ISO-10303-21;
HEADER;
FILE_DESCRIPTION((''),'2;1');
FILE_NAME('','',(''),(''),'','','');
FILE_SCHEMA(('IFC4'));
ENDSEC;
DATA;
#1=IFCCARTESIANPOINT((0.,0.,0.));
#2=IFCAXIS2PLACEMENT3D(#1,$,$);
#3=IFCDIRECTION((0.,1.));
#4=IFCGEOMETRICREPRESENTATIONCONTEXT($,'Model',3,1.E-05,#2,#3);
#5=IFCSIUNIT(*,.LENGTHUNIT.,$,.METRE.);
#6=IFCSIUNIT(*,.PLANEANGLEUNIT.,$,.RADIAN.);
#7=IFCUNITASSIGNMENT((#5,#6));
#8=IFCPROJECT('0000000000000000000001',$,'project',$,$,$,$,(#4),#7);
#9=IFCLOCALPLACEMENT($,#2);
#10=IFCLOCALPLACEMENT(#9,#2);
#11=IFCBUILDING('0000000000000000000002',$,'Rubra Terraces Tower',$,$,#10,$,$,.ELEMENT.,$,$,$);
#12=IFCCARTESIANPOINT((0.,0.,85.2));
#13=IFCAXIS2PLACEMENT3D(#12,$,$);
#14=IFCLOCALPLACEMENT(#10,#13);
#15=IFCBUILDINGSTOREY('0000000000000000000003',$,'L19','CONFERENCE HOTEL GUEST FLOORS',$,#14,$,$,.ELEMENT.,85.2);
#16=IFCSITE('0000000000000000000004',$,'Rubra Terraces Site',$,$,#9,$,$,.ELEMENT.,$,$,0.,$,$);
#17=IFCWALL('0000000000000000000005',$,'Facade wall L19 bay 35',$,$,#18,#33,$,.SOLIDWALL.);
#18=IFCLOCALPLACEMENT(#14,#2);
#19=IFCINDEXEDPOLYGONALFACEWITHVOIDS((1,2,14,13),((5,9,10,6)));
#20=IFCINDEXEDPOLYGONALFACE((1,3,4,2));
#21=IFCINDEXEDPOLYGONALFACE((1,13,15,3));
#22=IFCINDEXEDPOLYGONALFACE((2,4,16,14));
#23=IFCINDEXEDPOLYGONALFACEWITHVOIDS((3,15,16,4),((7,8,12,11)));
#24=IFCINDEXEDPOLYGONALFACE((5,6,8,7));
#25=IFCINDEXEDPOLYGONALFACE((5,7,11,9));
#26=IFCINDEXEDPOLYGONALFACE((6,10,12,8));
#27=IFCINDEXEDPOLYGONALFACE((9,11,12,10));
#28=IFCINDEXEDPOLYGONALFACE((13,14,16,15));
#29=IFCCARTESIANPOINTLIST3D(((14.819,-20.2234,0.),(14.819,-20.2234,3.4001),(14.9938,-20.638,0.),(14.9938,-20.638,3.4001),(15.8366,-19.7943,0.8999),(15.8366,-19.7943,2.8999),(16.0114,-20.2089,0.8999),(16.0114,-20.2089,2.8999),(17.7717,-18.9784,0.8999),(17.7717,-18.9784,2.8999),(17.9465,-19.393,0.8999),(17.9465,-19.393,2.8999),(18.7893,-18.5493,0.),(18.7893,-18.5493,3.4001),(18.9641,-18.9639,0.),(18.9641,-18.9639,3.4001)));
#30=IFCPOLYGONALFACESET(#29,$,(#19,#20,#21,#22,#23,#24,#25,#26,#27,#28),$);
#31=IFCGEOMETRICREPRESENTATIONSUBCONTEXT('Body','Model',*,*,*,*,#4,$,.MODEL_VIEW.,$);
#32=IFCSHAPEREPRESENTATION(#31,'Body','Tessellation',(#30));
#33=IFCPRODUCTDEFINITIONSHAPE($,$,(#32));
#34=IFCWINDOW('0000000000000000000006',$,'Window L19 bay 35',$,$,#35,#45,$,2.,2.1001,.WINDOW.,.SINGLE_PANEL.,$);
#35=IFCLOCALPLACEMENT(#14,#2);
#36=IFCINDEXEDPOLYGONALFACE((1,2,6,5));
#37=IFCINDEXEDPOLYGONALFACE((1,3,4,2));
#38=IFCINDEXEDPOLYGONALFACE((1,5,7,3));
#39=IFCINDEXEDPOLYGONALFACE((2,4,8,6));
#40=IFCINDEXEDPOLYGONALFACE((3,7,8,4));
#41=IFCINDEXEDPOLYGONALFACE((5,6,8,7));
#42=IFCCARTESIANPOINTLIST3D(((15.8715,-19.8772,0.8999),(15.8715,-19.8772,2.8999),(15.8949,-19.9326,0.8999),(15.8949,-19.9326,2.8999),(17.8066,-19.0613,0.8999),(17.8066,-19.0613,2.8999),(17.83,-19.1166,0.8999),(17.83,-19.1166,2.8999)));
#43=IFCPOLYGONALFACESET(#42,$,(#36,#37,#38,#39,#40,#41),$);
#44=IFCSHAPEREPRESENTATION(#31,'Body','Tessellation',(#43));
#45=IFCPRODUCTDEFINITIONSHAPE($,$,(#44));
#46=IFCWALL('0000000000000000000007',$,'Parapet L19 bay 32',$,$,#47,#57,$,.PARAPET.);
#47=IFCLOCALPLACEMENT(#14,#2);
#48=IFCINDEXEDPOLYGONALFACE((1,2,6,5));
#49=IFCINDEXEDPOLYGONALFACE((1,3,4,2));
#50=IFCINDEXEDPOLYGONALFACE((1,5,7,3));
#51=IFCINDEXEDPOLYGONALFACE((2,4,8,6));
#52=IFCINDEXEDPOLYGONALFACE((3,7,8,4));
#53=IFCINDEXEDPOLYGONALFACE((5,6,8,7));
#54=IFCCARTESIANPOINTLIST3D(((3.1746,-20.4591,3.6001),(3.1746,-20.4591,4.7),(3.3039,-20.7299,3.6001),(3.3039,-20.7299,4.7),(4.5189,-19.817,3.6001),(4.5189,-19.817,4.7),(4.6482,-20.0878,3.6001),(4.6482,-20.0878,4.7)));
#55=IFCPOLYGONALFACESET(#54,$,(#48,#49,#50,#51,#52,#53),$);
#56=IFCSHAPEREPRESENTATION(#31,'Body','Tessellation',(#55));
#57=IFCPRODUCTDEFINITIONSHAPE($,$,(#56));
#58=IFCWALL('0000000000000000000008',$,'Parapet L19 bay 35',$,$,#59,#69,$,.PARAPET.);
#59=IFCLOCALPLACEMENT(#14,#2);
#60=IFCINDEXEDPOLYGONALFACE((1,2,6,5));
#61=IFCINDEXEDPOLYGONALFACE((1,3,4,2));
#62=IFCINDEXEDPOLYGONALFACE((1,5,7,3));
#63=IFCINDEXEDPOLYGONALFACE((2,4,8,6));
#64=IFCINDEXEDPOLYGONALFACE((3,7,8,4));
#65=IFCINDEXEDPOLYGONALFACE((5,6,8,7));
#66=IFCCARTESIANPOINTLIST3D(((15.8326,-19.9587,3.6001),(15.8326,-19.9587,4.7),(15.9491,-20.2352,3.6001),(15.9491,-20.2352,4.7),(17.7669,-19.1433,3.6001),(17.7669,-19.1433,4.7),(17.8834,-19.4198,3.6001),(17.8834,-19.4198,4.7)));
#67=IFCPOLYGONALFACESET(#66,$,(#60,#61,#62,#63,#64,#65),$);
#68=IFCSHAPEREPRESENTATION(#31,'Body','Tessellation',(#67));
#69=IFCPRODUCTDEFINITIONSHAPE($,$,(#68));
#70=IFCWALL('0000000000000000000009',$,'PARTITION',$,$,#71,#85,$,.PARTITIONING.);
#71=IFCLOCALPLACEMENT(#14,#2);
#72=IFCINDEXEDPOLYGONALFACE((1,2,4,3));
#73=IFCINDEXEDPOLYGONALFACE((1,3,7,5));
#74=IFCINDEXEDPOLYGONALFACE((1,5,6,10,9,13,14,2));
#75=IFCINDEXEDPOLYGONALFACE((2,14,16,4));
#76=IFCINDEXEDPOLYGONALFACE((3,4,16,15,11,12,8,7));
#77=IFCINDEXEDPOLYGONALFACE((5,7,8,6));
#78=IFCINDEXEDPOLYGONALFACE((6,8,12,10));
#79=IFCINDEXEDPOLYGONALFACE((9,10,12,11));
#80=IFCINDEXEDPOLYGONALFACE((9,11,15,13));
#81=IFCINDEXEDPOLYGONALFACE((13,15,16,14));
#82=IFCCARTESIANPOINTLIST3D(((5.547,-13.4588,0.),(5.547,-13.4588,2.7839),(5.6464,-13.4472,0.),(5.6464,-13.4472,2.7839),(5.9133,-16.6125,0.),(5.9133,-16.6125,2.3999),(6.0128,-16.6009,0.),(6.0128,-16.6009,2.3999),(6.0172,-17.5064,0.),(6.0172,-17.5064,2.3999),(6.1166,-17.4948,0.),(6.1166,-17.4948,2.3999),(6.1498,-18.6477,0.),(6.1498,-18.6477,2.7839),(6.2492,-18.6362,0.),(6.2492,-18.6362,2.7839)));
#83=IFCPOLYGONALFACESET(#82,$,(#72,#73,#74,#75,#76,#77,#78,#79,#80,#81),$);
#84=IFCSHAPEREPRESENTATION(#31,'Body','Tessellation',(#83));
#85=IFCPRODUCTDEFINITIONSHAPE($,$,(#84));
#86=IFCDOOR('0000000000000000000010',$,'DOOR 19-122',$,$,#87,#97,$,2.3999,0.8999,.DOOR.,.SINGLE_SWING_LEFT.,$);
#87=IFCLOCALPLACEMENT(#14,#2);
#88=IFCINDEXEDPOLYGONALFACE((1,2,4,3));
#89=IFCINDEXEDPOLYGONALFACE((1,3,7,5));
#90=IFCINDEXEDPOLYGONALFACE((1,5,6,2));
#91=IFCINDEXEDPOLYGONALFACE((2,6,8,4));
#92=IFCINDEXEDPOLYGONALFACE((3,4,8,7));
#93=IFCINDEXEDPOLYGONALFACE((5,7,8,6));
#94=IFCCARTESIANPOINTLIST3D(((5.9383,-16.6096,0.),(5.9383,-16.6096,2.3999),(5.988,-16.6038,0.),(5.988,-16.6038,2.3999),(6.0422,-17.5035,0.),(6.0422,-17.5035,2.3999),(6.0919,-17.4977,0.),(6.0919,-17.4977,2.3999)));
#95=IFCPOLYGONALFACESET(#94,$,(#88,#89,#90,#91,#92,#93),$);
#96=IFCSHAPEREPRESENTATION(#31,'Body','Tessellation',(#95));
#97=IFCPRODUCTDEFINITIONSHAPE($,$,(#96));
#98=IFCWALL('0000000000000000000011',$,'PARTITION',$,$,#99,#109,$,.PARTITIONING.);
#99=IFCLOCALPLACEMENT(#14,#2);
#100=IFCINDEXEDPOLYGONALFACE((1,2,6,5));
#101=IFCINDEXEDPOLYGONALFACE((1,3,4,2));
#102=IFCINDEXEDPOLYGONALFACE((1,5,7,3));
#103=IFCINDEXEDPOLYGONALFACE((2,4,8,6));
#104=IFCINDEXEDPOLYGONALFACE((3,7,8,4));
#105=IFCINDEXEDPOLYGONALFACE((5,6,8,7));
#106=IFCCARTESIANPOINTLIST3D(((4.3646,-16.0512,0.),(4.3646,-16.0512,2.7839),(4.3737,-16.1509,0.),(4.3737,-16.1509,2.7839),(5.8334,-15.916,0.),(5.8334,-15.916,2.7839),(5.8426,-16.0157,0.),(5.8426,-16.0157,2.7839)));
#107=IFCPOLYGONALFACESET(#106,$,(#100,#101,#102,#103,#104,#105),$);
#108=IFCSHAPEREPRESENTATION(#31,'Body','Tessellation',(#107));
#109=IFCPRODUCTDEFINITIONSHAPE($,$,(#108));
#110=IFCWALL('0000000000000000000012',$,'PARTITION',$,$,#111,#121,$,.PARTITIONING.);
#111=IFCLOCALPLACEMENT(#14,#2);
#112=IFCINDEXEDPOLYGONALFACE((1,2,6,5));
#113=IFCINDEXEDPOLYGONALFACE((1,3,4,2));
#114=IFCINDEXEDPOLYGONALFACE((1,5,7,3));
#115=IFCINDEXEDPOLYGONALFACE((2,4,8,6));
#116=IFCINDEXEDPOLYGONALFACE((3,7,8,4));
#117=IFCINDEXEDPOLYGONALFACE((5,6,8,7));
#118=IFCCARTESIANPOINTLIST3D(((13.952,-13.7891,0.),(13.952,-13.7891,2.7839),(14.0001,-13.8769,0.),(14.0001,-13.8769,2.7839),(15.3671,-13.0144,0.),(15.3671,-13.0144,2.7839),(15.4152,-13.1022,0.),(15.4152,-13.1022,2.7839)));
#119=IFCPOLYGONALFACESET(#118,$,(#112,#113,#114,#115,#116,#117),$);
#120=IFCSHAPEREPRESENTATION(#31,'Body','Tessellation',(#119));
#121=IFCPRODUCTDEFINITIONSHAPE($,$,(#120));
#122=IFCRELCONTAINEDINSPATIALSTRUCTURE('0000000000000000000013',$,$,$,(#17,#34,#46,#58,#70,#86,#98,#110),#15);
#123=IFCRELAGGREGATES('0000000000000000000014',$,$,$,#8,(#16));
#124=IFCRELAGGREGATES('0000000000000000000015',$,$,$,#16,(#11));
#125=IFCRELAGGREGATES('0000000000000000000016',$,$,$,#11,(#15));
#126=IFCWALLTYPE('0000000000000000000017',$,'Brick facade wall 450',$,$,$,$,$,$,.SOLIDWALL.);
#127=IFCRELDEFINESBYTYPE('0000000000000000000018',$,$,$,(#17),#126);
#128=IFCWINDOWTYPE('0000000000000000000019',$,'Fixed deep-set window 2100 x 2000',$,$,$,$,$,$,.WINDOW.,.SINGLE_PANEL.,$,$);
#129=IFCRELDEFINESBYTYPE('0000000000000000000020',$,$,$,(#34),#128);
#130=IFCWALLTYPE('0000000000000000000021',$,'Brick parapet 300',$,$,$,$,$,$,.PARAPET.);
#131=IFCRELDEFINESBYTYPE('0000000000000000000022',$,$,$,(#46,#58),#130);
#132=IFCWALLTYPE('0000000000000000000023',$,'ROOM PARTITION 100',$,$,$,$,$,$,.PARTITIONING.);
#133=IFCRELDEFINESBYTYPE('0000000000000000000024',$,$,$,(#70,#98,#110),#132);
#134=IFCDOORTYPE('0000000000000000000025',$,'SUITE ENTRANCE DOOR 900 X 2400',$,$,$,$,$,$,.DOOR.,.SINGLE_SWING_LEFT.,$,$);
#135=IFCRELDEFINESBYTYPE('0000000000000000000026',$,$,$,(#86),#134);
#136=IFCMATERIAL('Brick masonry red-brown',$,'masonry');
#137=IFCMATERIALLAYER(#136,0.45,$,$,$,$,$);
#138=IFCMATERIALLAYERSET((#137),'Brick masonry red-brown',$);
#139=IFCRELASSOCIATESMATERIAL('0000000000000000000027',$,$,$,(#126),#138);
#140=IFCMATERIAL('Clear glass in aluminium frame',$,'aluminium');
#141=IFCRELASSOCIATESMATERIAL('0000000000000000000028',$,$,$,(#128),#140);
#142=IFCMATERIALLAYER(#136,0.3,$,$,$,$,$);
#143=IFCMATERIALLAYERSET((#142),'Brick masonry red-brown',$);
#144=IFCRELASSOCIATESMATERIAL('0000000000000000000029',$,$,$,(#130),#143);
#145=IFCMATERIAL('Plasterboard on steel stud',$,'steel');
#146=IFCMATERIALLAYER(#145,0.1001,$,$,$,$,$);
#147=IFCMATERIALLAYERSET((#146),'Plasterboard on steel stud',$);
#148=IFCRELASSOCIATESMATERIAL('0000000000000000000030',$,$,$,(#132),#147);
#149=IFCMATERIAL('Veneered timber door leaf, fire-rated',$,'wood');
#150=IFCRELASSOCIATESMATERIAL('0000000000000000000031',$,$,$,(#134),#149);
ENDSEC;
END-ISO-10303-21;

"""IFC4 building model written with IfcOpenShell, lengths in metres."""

from ifc_helpers import new_model, si_unit, direction, frame, frame_2d, origin, place, context, subcontext, project, spatial, rectangle, extrude, material, layer, layer_set, type_object, element, fill, save


model = new_model("IFC4")

# Units and contexts
model_context = context("Model", 3, precision=1e-05, world=origin(), true_north=direction((0.0, 1.0)))
body_context = subcontext(model_context, "Body", "Model", "MODEL_VIEW")
ifc_project = project(units=[si_unit("LENGTHUNIT", "METRE"), si_unit("PLANEANGLEUNIT", "RADIAN")], contexts=[model_context])

# Site, building, storey
site_placement = place(None, origin())
site = spatial("IfcSite", under=ifc_project, at=site_placement, Name="Rubra Terraces Site", CompositionType="ELEMENT", RefElevation=0.0)
building_placement = place(site_placement, origin())
building = spatial("IfcBuilding", under=site, at=building_placement, Name="Rubra Terraces Tower", CompositionType="ELEMENT")
storey_placement = place(building_placement, frame((0.0, 0.0, 85.2)))
storey = spatial("IfcBuildingStorey", under=building, at=storey_placement, Name="L19", Description="CONFERENCE HOTEL GUEST FLOORS", CompositionType="ELEMENT", Elevation=85.2)

# Wall, opening, window
ifc_material_1 = material(Name="Brick masonry red-brown", Category="masonry")
ifc_layer_1 = layer(ifc_material_1, 0.45)
ifc_layer_set_1 = layer_set([ifc_layer_1], Name="Brick masonry red-brown")
wall_type_1 = type_object("IfcWallType", Name="Brick facade wall 450", PredefinedType="SOLIDWALL", material=ifc_layer_set_1)
ifc_material_2 = material(Name="Clear glass in aluminium frame", Category="aluminium")
window_type = type_object("IfcWindowType", Name="Fixed deep-set window 2100 x 2000", PartitioningType="SINGLE_PANEL", PredefinedType="WINDOW", material=ifc_material_2)
wall_1_placement = place(storey_placement, frame((14.9065, -20.4307, 0.0), z_axis=(0.0, 0.0, 1.0), x_axis=(0.921436, 0.388531, 0.0)))
wall_1 = element("IfcWall", 1, at=wall_1_placement, inside=storey, type_object=wall_type_1, Name="Facade wall L19 bay 35", PredefinedType="SOLIDWALL", context=body_context, shape_type="SweptSolid", body=[
    extrude(rectangle(XDim=4.3088, YDim=0.45, at=frame_2d((2.1543, 0.0))), origin(), (0.0, 0.0, 1.0), 3.4001),
])
opening_1_placement = place(wall_1_placement, frame((1.1042, 0.0, 0.8999)))
opening_1 = element("IfcOpeningElement", 2, at=opening_1_placement, cuts=wall_1, PredefinedType="OPENING", context=body_context, shape_type="SweptSolid", body=[
    extrude(rectangle(XDim=2.1001, YDim=2.0, at=frame_2d((1.05, 1.0))), frame((0.0, 0.2349, 0.0), z_axis=(0.0, -1.0, 0.0), x_axis=(1.0, 0.0, 0.0)), (0.0, 0.0, 1.0), 0.47),
])
window_1_placement = place(opening_1_placement, origin())
window_1 = element("IfcWindow", 3, at=window_1_placement, inside=storey, type_object=window_type, Name="Window L19 bay 35", OverallHeight=2.0, OverallWidth=2.1001, PartitioningType="SINGLE_PANEL", PredefinedType="WINDOW", context=body_context, shape_type="SweptSolid", body=[
    extrude(rectangle(XDim=2.1001, YDim=2.0, at=frame_2d((1.05, 1.0))), frame((0.0, 0.135, 0.0), z_axis=(0.0, -1.0, 0.0), x_axis=(1.0, 0.0, 0.0)), (0.0, 0.0, 1.0), 0.0601),
])
fill(opening_1, window_1)

# Walls
ifc_layer_2 = layer(ifc_material_1, 0.3)
ifc_layer_set_2 = layer_set([ifc_layer_2], Name="Brick masonry red-brown")
wall_type_2 = type_object("IfcWallType", Name="Brick parapet 300", PredefinedType="PARAPET", material=ifc_layer_set_2)
wall_2_placement = place(storey_placement, frame((3.2393, -20.5945, 3.6001), z_axis=(0.0, 0.0, 1.0), x_axis=(0.902345, 0.431015, 0.0)))
element("IfcWall", 4, at=wall_2_placement, inside=storey, type_object=wall_type_2, Name="Parapet L19 bay 32", PredefinedType="PARAPET", context=body_context, shape_type="SweptSolid", body=[
    extrude(rectangle(XDim=1.4897, YDim=0.3, at=frame_2d((0.7449, 0.0))), origin(), (0.0, 0.0, 1.0), 1.0999),
])
wall_3_placement = place(storey_placement, frame((15.8909, -20.0969, 3.6001), z_axis=(0.0, 0.0, 1.0), x_axis=(0.921469, 0.388452, 0.0)))
element("IfcWall", 5, at=wall_3_placement, inside=storey, type_object=wall_type_2, Name="Parapet L19 bay 35", PredefinedType="PARAPET", context=body_context, shape_type="SweptSolid", body=[
    extrude(rectangle(XDim=2.0991, YDim=0.3, at=frame_2d((1.0496, 0.0))), origin(), (0.0, 0.0, 1.0), 1.0999),
])

# Wall, opening, door
ifc_material_3 = material(Name="Plasterboard on steel stud", Category="steel")
ifc_layer_3 = layer(ifc_material_3, 0.1001)
ifc_layer_set_3 = layer_set([ifc_layer_3], Name="Plasterboard on steel stud")
wall_type_3 = type_object("IfcWallType", Name="ROOM PARTITION 100", PredefinedType="PARTITIONING", material=ifc_layer_set_3)
wall_4_placement = place(storey_placement, frame((6.1995, -18.6418, 0.0), z_axis=(0.0, 0.0, 1.0), x_axis=(-0.11539, 0.99332, 0.0)))
wall_4 = element("IfcWall", 6, at=wall_4_placement, inside=storey, type_object=wall_type_3, Name="PARTITION", PredefinedType="PARTITIONING", context=body_context, shape_type="SweptSolid", body=[
    extrude(rectangle(XDim=5.2239, YDim=0.1001, at=frame_2d((2.6118, 0.0))), origin(), (0.0, 0.0, 1.0), 2.7839),
])
opening_2_placement = place(wall_4_placement, frame((1.1489, 0.0, 0.0)))
opening_2 = element("IfcOpeningElement", 7, at=opening_2_placement, cuts=wall_4, PredefinedType="OPENING", context=body_context, shape_type="SweptSolid", body=[
    extrude(rectangle(XDim=0.8999, YDim=2.3999, at=frame_2d((0.45, 1.2))), frame((0.0, 0.0601, 0.0), z_axis=(0.0, -1.0, 0.0), x_axis=(1.0, 0.0, 0.0)), (0.0, 0.0, 1.0), 0.1201),
])
ifc_material_4 = material(Name="Veneered timber door leaf, fire-rated", Category="wood")
door_type = type_object("IfcDoorType", Name="SUITE ENTRANCE DOOR 900 X 2400", OperationType="SINGLE_SWING_LEFT", PredefinedType="DOOR", material=ifc_material_4)
door_placement = place(opening_2_placement, origin())
door = element("IfcDoor", 8, at=door_placement, inside=storey, type_object=door_type, Name="DOOR 19-122", OperationType="SINGLE_SWING_LEFT", OverallHeight=2.3999, OverallWidth=0.8999, PredefinedType="DOOR", context=body_context, shape_type="SweptSolid", body=[
    extrude(rectangle(XDim=0.8999, YDim=2.3999, at=frame_2d((0.45, 1.2))), frame((0.0, 0.0249, 0.0), z_axis=(0.0, -1.0, 0.0), x_axis=(1.0, 0.0, 0.0)), (0.0, 0.0, 1.0), 0.05),
])
fill(opening_2, door)

# Walls
wall_5_placement = place(storey_placement, frame((4.3691, -16.1011, 0.0), z_axis=(0.0, 0.0, 1.0), x_axis=(0.995788, 0.091685, 0.0)))
element("IfcWall", 9, at=wall_5_placement, inside=storey, type_object=wall_type_3, Name="PARTITION", PredefinedType="PARTITIONING", context=body_context, shape_type="SweptSolid", body=[
    extrude(rectangle(XDim=1.4751, YDim=0.1001, at=frame_2d((0.7375, 0.0))), origin(), (0.0, 0.0, 1.0), 2.7839),
])
wall_6_placement = place(storey_placement, frame((13.9761, -13.833, 0.0), z_axis=(0.0, 0.0, 1.0), x_axis=(0.87716, 0.480198, 0.0)))
element("IfcWall", 10, at=wall_6_placement, inside=storey, type_object=wall_type_3, Name="PARTITION", PredefinedType="PARTITIONING", context=body_context, shape_type="SweptSolid", body=[
    extrude(rectangle(XDim=1.6133, YDim=0.1001, at=frame_2d((0.8066, 0.0))), origin(), (0.0, 0.0, 1.0), 2.7839),
])

save(model, "model.ifc")
